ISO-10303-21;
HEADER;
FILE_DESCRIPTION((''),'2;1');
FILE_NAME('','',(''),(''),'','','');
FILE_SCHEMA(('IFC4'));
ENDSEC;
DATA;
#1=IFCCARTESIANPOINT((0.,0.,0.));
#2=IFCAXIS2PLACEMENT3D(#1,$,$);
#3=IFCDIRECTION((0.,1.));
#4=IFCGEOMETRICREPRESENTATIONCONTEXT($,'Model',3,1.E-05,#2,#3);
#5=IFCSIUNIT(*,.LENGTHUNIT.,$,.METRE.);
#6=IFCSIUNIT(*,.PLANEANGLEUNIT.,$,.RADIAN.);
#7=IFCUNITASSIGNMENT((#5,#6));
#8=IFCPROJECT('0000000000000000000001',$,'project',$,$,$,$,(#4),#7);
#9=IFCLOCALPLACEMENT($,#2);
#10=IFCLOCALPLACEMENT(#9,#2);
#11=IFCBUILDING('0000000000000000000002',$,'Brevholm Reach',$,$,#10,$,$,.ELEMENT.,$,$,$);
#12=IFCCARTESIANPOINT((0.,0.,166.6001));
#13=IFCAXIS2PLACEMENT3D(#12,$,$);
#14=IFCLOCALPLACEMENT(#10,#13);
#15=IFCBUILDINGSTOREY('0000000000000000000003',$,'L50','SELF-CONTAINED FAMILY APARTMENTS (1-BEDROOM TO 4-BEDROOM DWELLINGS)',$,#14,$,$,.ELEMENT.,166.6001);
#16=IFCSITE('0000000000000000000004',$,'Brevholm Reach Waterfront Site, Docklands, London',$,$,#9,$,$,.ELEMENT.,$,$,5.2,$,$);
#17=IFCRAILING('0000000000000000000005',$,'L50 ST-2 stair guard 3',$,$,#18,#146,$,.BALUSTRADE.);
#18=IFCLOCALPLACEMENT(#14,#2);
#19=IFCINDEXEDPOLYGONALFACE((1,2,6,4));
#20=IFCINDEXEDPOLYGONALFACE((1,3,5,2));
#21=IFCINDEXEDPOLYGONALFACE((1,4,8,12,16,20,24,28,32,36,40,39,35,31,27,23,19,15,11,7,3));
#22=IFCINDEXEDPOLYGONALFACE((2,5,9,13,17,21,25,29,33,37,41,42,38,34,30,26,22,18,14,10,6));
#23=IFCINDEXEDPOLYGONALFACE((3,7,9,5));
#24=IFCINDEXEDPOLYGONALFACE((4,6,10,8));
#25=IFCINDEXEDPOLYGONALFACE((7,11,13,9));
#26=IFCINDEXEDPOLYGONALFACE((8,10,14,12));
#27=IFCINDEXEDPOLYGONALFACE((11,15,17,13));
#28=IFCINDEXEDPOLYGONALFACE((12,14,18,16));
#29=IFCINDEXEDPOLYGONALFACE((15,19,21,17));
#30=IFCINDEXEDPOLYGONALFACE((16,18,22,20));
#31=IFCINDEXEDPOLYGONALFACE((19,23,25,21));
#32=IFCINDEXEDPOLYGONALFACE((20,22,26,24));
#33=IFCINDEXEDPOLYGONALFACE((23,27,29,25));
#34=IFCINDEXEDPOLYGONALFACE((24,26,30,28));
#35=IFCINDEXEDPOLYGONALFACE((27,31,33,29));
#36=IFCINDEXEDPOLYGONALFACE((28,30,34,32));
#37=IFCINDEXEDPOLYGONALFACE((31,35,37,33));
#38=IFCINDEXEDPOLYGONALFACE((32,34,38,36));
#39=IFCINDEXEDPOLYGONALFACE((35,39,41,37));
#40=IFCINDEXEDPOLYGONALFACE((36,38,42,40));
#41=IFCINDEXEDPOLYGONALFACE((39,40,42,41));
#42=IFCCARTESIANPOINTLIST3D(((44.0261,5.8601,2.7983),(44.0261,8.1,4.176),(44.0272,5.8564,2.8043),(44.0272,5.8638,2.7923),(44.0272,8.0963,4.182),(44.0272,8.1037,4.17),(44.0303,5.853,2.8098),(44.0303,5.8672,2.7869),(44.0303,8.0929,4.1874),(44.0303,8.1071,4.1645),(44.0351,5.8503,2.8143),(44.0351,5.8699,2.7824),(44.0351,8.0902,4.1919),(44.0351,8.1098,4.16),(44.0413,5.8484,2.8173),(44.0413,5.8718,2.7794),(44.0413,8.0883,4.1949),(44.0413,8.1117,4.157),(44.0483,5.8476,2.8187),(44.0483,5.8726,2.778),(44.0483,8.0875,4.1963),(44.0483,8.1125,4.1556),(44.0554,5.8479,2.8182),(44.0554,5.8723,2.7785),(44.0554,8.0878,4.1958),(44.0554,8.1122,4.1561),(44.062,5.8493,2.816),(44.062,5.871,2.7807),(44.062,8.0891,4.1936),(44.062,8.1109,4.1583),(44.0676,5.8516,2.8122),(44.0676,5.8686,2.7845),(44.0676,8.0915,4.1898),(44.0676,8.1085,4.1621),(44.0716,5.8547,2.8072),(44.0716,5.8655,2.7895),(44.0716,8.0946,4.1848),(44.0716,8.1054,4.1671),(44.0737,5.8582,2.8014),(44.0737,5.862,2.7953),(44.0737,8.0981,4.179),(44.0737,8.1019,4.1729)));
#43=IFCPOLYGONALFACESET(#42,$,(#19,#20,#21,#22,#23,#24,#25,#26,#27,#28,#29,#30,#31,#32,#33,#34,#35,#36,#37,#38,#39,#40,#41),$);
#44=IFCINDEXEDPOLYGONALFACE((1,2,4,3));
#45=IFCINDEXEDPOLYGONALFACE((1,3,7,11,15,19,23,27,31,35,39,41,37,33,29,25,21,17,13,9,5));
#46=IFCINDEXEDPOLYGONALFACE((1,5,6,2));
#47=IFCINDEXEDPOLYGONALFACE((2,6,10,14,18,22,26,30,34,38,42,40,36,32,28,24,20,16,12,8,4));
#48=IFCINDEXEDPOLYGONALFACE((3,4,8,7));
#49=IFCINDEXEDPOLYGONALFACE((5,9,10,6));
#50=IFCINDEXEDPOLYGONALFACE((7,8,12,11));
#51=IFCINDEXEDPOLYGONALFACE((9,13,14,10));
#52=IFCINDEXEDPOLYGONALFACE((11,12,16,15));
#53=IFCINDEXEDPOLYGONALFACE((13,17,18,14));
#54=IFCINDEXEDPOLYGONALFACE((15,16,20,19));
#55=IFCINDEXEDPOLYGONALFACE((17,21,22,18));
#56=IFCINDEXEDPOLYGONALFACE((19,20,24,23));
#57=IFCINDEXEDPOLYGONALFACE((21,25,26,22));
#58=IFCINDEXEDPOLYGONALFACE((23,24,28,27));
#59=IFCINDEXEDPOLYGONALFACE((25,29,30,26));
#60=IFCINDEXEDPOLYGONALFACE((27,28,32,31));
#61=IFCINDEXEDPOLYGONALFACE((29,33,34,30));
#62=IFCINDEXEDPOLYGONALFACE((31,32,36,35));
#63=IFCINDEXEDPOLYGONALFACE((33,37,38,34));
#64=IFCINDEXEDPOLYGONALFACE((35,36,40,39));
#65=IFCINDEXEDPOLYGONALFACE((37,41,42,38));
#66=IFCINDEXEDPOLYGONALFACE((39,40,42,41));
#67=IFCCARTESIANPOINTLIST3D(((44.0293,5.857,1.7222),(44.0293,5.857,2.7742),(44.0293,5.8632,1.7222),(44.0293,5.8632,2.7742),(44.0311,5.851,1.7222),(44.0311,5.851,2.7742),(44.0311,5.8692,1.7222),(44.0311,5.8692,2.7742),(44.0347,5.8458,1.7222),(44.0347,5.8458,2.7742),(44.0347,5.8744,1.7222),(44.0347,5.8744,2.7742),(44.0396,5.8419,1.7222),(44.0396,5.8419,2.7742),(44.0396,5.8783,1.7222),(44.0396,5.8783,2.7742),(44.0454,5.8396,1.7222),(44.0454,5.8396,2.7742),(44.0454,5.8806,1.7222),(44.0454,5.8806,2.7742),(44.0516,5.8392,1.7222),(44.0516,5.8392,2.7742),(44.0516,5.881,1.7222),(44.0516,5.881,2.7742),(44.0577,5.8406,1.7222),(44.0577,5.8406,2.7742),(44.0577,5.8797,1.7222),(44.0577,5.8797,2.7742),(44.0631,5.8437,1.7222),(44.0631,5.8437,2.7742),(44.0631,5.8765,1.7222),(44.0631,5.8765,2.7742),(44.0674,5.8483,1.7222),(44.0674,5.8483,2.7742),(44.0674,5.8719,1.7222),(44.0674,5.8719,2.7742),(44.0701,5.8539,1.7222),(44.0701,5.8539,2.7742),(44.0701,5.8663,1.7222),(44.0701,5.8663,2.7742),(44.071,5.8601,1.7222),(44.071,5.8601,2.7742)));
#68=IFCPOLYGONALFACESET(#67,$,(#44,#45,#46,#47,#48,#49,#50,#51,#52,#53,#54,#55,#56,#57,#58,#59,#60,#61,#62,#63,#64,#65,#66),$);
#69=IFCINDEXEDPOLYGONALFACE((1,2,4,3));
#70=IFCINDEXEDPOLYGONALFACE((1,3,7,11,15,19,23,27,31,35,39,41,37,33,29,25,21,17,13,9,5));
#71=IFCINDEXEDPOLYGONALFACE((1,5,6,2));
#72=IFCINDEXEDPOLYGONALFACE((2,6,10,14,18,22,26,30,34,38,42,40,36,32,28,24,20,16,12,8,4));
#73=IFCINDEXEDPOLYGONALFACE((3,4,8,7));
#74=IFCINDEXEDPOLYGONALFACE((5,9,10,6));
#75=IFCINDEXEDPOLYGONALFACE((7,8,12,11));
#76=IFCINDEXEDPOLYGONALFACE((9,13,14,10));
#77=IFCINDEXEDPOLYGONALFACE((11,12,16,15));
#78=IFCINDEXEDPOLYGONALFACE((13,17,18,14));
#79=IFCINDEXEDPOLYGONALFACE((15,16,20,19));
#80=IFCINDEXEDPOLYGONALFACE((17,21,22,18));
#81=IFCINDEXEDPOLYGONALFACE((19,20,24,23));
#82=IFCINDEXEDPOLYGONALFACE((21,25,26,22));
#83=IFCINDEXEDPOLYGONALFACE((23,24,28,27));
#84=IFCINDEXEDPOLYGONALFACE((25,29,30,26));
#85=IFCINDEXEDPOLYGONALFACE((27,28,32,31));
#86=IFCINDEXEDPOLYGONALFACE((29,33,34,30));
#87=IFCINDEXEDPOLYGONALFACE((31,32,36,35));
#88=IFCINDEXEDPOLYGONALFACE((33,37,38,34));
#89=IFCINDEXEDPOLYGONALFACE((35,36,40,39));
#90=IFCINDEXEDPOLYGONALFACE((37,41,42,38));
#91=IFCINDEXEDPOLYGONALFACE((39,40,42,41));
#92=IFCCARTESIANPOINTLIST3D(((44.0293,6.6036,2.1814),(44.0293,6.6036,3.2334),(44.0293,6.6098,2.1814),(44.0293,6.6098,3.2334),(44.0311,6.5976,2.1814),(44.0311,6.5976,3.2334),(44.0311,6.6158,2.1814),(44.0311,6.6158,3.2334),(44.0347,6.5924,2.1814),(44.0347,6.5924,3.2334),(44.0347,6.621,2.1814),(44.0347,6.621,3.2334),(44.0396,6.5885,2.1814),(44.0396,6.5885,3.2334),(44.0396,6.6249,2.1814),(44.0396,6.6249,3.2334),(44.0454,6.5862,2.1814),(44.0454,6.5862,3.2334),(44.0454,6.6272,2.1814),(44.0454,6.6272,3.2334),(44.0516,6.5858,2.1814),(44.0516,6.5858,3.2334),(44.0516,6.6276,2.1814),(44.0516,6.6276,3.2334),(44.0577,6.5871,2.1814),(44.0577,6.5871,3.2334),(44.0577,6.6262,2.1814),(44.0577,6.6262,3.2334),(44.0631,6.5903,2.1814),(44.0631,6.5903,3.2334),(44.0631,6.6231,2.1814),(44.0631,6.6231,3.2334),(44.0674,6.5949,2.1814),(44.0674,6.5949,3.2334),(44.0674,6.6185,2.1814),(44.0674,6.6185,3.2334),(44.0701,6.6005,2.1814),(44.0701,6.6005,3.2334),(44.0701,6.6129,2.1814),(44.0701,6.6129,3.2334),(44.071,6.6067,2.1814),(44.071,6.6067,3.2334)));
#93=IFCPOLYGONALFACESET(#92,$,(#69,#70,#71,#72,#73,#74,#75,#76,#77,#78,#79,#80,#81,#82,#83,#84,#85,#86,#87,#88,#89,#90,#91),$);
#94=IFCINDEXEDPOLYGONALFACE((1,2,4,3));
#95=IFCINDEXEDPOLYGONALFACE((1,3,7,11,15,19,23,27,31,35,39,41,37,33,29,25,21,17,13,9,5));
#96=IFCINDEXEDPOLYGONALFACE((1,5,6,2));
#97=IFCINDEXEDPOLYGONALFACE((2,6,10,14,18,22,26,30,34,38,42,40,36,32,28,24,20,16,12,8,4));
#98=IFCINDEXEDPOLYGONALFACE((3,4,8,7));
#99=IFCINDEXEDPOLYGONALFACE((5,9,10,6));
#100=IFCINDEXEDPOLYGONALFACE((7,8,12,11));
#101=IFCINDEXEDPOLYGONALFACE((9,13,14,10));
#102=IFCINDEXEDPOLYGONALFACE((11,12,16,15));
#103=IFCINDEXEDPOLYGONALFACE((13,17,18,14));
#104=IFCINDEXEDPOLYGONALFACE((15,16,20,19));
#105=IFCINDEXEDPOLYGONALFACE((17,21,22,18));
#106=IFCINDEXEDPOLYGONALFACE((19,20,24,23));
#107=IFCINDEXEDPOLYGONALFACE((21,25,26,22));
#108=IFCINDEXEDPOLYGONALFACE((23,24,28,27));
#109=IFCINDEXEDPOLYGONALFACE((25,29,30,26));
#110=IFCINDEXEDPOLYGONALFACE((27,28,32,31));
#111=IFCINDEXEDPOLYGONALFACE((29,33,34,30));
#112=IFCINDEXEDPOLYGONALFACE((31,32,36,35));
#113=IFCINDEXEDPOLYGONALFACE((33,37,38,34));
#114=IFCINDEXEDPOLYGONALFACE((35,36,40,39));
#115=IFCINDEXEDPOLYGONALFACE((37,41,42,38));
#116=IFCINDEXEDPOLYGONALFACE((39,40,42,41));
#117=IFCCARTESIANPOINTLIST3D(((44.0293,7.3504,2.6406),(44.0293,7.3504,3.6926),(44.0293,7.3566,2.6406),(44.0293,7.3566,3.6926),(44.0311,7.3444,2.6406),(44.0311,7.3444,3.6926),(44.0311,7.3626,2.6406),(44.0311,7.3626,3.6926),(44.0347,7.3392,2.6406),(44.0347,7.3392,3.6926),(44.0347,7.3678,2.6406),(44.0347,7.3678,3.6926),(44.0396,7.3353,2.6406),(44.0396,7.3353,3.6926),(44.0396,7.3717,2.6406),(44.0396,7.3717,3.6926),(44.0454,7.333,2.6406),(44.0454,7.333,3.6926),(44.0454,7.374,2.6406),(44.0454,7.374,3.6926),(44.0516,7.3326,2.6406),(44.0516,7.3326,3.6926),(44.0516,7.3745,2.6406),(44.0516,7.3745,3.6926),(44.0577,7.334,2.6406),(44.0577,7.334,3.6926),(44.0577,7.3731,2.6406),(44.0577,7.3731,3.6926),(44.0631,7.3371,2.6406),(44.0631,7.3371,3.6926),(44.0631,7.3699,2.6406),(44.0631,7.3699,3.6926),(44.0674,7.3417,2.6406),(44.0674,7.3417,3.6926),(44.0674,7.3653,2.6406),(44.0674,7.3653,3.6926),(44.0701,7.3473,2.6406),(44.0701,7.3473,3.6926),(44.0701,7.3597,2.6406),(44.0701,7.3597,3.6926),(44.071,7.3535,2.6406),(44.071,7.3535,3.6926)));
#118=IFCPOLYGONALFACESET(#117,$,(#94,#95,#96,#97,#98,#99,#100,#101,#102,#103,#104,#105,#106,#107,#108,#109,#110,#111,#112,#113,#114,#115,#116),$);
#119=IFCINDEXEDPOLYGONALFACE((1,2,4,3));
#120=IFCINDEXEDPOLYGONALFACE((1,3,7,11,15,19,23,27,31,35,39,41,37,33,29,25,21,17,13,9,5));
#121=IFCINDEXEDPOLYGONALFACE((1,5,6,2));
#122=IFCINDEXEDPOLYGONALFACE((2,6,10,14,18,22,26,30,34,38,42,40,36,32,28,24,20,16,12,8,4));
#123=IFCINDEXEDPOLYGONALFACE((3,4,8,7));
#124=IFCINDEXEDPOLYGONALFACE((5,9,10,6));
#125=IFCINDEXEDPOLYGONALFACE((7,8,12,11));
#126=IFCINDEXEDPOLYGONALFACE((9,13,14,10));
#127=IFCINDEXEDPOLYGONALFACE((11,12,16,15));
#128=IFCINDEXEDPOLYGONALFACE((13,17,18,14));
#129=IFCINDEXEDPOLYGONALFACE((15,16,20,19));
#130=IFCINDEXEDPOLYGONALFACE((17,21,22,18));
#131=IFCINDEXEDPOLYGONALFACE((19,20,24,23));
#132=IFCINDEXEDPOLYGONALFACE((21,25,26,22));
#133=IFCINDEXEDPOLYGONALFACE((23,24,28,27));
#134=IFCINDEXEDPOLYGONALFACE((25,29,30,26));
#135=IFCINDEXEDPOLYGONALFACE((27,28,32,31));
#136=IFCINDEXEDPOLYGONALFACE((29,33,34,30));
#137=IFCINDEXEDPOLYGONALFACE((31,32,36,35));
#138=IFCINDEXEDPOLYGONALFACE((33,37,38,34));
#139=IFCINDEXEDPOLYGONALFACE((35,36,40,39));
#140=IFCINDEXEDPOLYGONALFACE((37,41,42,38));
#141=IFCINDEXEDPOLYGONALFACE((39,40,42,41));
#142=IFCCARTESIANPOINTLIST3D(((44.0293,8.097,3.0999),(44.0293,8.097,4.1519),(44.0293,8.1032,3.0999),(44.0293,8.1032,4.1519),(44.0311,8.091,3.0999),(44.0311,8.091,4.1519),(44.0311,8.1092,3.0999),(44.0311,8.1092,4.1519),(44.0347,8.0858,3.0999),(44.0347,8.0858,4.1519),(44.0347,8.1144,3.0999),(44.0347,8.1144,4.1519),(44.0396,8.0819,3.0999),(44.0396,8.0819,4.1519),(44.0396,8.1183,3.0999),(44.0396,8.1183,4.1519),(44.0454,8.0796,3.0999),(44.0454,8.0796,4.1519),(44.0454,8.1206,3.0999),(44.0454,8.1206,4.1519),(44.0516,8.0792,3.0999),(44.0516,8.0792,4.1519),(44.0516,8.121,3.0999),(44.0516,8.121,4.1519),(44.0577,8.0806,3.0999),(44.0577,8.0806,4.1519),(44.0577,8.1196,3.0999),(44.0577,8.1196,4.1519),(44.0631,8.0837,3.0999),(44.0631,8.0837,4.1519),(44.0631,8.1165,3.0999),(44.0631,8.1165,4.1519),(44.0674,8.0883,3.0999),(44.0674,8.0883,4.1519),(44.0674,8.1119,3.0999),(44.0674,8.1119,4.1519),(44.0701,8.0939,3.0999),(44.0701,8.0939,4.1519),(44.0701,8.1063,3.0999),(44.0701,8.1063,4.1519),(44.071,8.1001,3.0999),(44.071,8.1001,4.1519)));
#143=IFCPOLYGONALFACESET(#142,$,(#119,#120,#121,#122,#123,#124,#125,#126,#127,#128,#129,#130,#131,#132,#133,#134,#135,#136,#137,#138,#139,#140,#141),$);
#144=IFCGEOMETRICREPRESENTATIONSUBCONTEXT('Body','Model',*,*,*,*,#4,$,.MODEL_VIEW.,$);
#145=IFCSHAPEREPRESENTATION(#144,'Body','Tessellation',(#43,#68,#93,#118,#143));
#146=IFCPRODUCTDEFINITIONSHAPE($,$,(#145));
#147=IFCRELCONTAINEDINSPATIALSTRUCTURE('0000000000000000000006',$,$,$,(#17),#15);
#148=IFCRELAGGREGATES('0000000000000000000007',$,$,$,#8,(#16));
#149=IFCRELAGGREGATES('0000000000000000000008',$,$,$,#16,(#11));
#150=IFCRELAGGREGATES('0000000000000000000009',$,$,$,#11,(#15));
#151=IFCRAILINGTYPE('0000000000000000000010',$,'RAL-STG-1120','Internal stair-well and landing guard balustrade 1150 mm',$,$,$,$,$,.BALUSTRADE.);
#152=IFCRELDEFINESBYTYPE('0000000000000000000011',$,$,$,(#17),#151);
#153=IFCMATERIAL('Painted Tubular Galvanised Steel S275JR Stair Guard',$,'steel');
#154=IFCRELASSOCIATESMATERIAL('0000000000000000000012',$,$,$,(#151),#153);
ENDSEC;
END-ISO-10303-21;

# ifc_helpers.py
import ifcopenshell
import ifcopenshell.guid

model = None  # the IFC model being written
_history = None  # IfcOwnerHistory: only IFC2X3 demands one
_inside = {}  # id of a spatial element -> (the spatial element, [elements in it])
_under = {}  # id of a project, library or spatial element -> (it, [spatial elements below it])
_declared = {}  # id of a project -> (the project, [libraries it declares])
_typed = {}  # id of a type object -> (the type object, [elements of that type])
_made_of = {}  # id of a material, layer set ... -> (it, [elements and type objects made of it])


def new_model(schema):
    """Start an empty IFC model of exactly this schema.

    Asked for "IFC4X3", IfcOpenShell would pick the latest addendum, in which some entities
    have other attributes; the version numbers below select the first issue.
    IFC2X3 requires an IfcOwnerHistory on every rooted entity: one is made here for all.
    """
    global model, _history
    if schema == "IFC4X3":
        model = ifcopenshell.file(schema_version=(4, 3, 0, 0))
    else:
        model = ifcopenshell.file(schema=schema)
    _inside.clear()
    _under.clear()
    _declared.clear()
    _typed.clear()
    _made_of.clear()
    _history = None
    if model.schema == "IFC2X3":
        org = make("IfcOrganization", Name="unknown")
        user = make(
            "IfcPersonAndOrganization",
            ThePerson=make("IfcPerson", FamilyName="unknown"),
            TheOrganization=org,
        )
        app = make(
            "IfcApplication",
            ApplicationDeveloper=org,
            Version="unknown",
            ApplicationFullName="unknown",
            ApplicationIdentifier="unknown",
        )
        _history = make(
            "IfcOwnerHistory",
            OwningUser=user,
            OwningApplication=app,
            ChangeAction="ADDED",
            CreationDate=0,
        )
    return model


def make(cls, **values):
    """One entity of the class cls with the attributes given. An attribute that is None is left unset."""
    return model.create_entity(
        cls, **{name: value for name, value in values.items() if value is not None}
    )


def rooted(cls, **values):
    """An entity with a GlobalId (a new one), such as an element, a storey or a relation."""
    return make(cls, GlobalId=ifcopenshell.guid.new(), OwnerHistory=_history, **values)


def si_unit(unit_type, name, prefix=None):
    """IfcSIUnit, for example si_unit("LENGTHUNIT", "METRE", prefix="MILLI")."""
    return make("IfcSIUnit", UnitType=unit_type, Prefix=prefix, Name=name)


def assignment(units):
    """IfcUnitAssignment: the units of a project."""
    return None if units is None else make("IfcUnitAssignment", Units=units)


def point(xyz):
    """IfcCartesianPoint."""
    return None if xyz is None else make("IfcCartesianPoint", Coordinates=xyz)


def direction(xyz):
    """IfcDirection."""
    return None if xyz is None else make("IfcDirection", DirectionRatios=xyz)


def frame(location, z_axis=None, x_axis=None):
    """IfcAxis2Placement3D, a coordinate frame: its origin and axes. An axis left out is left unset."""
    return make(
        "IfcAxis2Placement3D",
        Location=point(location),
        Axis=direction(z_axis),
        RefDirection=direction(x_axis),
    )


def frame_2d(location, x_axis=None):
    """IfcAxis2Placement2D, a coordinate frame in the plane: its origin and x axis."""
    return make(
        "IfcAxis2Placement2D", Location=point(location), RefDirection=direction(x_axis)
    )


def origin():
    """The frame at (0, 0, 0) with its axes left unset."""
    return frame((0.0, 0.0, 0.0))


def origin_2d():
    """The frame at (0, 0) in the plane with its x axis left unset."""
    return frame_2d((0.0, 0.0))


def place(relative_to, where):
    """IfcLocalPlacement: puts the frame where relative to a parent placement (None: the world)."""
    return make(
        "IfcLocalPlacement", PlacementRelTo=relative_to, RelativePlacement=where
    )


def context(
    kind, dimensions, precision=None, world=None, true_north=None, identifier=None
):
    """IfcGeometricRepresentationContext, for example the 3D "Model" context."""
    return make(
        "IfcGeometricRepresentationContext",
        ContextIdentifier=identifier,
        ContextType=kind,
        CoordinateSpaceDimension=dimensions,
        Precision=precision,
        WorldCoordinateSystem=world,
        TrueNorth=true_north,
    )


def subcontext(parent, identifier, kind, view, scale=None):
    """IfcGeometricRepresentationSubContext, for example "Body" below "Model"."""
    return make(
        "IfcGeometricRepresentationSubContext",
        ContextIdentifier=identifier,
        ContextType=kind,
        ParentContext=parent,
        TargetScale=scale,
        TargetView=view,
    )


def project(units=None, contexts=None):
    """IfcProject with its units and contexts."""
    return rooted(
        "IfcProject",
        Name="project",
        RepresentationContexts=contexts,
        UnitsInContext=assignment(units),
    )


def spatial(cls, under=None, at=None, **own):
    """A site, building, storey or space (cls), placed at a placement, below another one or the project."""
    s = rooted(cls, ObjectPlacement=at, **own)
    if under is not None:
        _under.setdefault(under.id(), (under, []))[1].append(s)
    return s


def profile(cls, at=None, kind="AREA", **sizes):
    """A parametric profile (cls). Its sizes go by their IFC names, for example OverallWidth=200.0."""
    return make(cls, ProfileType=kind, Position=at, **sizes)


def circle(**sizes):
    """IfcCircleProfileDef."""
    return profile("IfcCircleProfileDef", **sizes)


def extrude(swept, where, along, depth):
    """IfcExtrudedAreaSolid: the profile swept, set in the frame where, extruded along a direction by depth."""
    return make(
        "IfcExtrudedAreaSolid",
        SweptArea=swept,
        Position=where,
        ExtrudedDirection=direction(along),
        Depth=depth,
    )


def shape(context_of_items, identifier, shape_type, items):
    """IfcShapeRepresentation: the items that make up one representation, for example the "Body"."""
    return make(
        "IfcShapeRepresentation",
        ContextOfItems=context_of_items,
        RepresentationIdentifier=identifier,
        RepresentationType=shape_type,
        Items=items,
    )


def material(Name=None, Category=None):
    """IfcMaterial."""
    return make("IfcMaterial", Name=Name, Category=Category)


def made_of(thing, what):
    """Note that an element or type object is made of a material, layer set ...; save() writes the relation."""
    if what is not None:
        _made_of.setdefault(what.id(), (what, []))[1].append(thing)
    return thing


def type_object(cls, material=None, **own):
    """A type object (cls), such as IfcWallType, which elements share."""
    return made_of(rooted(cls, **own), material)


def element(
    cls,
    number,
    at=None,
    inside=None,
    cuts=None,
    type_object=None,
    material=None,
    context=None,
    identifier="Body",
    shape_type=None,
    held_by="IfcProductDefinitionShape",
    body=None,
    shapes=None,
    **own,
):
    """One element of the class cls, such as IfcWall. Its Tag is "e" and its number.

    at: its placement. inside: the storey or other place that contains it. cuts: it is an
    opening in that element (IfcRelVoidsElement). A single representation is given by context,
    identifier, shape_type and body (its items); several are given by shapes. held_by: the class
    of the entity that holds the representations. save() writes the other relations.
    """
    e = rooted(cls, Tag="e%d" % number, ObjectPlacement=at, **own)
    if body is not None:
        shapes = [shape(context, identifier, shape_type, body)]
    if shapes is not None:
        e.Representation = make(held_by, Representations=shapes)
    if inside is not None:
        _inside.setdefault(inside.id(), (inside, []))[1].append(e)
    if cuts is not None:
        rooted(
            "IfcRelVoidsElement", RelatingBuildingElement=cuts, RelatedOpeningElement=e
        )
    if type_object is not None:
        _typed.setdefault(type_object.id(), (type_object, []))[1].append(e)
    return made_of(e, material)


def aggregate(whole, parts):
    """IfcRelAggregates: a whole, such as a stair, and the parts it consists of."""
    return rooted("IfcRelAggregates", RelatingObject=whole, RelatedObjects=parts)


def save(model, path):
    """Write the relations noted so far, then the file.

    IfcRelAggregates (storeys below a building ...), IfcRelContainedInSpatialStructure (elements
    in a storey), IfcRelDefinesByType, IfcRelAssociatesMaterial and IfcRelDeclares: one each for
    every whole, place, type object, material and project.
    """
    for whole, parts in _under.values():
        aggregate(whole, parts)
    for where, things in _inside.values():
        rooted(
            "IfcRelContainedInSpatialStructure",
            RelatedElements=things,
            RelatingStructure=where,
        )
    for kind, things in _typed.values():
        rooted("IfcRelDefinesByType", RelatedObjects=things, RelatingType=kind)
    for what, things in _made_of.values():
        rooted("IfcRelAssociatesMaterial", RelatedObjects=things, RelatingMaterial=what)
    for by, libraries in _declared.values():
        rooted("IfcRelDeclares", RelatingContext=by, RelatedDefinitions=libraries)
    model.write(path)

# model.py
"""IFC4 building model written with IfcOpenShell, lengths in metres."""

from ifc_helpers import new_model, si_unit, direction, frame, origin, origin_2d, place, context, subcontext, project, spatial, circle, extrude, material, type_object, element, save


model = new_model("IFC4")

# Units and contexts
model_context = context("Model", 3, precision=1e-05, world=origin(), true_north=direction((0.0, 1.0)))
body_context = subcontext(model_context, "Body", "Model", "MODEL_VIEW")
ifc_project = project(units=[si_unit("LENGTHUNIT", "METRE"), si_unit("PLANEANGLEUNIT", "RADIAN")], contexts=[model_context])

# Site, building, storey
site_placement = place(None, origin())
site = spatial("IfcSite", under=ifc_project, at=site_placement, Name="Brevholm Reach Waterfront Site, Docklands, London", CompositionType="ELEMENT", RefElevation=5.2)
building_placement = place(site_placement, origin())
building = spatial("IfcBuilding", under=site, at=building_placement, Name="Brevholm Reach", CompositionType="ELEMENT")
storey_placement = place(building_placement, frame((0.0, 0.0, 166.6001)))
storey = spatial("IfcBuildingStorey", under=building, at=storey_placement, Name="L50", Description="SELF-CONTAINED FAMILY APARTMENTS (1-BEDROOM TO 4-BEDROOM DWELLINGS)", CompositionType="ELEMENT", Elevation=166.6001)

# Railing
ifc_material_1 = material(Name="Painted Tubular Galvanised Steel S275JR Stair Guard", Category="steel")
railing_type_1 = type_object("IfcRailingType", Name="RAL-STG-1120", Description="Internal stair-well and landing guard balustrade 1150 mm", PredefinedType="BALUSTRADE", material=ifc_material_1)
railing_1_placement = place(storey_placement, frame((44.05, 5.8601, 1.7222)))
element("IfcRailing", 1, at=railing_1_placement, inside=storey, type_object=railing_type_1, Name="L50 ST-2 stair guard 3", PredefinedType="BALUSTRADE", context=body_context, shape_type="SweptSolid", body=[
    extrude(circle(Radius=0.0239, at=origin_2d()), frame((0.0, 0.0, 1.0762), z_axis=(0.0, 0.851789, 0.523885), x_axis=(-1.0, 0.0, 0.0)), (0.0, 0.0, 1.0), 2.6296),
    extrude(circle(Radius=0.021, at=origin_2d()), origin(), (0.0, 0.0, 1.0), 1.052),
    extrude(circle(Radius=0.021, at=origin_2d()), frame((0.0, 0.7466, 0.4592)), (0.0, 0.0, 1.0), 1.052),
    extrude(circle(Radius=0.021, at=origin_2d()), frame((0.0, 1.4934, 0.9185)), (0.0, 0.0, 1.0), 1.052),
    extrude(circle(Radius=0.021, at=origin_2d()), frame((0.0, 2.24, 1.3777)), (0.0, 0.0, 1.0), 1.052),
])

save(model, "model.ifc")
